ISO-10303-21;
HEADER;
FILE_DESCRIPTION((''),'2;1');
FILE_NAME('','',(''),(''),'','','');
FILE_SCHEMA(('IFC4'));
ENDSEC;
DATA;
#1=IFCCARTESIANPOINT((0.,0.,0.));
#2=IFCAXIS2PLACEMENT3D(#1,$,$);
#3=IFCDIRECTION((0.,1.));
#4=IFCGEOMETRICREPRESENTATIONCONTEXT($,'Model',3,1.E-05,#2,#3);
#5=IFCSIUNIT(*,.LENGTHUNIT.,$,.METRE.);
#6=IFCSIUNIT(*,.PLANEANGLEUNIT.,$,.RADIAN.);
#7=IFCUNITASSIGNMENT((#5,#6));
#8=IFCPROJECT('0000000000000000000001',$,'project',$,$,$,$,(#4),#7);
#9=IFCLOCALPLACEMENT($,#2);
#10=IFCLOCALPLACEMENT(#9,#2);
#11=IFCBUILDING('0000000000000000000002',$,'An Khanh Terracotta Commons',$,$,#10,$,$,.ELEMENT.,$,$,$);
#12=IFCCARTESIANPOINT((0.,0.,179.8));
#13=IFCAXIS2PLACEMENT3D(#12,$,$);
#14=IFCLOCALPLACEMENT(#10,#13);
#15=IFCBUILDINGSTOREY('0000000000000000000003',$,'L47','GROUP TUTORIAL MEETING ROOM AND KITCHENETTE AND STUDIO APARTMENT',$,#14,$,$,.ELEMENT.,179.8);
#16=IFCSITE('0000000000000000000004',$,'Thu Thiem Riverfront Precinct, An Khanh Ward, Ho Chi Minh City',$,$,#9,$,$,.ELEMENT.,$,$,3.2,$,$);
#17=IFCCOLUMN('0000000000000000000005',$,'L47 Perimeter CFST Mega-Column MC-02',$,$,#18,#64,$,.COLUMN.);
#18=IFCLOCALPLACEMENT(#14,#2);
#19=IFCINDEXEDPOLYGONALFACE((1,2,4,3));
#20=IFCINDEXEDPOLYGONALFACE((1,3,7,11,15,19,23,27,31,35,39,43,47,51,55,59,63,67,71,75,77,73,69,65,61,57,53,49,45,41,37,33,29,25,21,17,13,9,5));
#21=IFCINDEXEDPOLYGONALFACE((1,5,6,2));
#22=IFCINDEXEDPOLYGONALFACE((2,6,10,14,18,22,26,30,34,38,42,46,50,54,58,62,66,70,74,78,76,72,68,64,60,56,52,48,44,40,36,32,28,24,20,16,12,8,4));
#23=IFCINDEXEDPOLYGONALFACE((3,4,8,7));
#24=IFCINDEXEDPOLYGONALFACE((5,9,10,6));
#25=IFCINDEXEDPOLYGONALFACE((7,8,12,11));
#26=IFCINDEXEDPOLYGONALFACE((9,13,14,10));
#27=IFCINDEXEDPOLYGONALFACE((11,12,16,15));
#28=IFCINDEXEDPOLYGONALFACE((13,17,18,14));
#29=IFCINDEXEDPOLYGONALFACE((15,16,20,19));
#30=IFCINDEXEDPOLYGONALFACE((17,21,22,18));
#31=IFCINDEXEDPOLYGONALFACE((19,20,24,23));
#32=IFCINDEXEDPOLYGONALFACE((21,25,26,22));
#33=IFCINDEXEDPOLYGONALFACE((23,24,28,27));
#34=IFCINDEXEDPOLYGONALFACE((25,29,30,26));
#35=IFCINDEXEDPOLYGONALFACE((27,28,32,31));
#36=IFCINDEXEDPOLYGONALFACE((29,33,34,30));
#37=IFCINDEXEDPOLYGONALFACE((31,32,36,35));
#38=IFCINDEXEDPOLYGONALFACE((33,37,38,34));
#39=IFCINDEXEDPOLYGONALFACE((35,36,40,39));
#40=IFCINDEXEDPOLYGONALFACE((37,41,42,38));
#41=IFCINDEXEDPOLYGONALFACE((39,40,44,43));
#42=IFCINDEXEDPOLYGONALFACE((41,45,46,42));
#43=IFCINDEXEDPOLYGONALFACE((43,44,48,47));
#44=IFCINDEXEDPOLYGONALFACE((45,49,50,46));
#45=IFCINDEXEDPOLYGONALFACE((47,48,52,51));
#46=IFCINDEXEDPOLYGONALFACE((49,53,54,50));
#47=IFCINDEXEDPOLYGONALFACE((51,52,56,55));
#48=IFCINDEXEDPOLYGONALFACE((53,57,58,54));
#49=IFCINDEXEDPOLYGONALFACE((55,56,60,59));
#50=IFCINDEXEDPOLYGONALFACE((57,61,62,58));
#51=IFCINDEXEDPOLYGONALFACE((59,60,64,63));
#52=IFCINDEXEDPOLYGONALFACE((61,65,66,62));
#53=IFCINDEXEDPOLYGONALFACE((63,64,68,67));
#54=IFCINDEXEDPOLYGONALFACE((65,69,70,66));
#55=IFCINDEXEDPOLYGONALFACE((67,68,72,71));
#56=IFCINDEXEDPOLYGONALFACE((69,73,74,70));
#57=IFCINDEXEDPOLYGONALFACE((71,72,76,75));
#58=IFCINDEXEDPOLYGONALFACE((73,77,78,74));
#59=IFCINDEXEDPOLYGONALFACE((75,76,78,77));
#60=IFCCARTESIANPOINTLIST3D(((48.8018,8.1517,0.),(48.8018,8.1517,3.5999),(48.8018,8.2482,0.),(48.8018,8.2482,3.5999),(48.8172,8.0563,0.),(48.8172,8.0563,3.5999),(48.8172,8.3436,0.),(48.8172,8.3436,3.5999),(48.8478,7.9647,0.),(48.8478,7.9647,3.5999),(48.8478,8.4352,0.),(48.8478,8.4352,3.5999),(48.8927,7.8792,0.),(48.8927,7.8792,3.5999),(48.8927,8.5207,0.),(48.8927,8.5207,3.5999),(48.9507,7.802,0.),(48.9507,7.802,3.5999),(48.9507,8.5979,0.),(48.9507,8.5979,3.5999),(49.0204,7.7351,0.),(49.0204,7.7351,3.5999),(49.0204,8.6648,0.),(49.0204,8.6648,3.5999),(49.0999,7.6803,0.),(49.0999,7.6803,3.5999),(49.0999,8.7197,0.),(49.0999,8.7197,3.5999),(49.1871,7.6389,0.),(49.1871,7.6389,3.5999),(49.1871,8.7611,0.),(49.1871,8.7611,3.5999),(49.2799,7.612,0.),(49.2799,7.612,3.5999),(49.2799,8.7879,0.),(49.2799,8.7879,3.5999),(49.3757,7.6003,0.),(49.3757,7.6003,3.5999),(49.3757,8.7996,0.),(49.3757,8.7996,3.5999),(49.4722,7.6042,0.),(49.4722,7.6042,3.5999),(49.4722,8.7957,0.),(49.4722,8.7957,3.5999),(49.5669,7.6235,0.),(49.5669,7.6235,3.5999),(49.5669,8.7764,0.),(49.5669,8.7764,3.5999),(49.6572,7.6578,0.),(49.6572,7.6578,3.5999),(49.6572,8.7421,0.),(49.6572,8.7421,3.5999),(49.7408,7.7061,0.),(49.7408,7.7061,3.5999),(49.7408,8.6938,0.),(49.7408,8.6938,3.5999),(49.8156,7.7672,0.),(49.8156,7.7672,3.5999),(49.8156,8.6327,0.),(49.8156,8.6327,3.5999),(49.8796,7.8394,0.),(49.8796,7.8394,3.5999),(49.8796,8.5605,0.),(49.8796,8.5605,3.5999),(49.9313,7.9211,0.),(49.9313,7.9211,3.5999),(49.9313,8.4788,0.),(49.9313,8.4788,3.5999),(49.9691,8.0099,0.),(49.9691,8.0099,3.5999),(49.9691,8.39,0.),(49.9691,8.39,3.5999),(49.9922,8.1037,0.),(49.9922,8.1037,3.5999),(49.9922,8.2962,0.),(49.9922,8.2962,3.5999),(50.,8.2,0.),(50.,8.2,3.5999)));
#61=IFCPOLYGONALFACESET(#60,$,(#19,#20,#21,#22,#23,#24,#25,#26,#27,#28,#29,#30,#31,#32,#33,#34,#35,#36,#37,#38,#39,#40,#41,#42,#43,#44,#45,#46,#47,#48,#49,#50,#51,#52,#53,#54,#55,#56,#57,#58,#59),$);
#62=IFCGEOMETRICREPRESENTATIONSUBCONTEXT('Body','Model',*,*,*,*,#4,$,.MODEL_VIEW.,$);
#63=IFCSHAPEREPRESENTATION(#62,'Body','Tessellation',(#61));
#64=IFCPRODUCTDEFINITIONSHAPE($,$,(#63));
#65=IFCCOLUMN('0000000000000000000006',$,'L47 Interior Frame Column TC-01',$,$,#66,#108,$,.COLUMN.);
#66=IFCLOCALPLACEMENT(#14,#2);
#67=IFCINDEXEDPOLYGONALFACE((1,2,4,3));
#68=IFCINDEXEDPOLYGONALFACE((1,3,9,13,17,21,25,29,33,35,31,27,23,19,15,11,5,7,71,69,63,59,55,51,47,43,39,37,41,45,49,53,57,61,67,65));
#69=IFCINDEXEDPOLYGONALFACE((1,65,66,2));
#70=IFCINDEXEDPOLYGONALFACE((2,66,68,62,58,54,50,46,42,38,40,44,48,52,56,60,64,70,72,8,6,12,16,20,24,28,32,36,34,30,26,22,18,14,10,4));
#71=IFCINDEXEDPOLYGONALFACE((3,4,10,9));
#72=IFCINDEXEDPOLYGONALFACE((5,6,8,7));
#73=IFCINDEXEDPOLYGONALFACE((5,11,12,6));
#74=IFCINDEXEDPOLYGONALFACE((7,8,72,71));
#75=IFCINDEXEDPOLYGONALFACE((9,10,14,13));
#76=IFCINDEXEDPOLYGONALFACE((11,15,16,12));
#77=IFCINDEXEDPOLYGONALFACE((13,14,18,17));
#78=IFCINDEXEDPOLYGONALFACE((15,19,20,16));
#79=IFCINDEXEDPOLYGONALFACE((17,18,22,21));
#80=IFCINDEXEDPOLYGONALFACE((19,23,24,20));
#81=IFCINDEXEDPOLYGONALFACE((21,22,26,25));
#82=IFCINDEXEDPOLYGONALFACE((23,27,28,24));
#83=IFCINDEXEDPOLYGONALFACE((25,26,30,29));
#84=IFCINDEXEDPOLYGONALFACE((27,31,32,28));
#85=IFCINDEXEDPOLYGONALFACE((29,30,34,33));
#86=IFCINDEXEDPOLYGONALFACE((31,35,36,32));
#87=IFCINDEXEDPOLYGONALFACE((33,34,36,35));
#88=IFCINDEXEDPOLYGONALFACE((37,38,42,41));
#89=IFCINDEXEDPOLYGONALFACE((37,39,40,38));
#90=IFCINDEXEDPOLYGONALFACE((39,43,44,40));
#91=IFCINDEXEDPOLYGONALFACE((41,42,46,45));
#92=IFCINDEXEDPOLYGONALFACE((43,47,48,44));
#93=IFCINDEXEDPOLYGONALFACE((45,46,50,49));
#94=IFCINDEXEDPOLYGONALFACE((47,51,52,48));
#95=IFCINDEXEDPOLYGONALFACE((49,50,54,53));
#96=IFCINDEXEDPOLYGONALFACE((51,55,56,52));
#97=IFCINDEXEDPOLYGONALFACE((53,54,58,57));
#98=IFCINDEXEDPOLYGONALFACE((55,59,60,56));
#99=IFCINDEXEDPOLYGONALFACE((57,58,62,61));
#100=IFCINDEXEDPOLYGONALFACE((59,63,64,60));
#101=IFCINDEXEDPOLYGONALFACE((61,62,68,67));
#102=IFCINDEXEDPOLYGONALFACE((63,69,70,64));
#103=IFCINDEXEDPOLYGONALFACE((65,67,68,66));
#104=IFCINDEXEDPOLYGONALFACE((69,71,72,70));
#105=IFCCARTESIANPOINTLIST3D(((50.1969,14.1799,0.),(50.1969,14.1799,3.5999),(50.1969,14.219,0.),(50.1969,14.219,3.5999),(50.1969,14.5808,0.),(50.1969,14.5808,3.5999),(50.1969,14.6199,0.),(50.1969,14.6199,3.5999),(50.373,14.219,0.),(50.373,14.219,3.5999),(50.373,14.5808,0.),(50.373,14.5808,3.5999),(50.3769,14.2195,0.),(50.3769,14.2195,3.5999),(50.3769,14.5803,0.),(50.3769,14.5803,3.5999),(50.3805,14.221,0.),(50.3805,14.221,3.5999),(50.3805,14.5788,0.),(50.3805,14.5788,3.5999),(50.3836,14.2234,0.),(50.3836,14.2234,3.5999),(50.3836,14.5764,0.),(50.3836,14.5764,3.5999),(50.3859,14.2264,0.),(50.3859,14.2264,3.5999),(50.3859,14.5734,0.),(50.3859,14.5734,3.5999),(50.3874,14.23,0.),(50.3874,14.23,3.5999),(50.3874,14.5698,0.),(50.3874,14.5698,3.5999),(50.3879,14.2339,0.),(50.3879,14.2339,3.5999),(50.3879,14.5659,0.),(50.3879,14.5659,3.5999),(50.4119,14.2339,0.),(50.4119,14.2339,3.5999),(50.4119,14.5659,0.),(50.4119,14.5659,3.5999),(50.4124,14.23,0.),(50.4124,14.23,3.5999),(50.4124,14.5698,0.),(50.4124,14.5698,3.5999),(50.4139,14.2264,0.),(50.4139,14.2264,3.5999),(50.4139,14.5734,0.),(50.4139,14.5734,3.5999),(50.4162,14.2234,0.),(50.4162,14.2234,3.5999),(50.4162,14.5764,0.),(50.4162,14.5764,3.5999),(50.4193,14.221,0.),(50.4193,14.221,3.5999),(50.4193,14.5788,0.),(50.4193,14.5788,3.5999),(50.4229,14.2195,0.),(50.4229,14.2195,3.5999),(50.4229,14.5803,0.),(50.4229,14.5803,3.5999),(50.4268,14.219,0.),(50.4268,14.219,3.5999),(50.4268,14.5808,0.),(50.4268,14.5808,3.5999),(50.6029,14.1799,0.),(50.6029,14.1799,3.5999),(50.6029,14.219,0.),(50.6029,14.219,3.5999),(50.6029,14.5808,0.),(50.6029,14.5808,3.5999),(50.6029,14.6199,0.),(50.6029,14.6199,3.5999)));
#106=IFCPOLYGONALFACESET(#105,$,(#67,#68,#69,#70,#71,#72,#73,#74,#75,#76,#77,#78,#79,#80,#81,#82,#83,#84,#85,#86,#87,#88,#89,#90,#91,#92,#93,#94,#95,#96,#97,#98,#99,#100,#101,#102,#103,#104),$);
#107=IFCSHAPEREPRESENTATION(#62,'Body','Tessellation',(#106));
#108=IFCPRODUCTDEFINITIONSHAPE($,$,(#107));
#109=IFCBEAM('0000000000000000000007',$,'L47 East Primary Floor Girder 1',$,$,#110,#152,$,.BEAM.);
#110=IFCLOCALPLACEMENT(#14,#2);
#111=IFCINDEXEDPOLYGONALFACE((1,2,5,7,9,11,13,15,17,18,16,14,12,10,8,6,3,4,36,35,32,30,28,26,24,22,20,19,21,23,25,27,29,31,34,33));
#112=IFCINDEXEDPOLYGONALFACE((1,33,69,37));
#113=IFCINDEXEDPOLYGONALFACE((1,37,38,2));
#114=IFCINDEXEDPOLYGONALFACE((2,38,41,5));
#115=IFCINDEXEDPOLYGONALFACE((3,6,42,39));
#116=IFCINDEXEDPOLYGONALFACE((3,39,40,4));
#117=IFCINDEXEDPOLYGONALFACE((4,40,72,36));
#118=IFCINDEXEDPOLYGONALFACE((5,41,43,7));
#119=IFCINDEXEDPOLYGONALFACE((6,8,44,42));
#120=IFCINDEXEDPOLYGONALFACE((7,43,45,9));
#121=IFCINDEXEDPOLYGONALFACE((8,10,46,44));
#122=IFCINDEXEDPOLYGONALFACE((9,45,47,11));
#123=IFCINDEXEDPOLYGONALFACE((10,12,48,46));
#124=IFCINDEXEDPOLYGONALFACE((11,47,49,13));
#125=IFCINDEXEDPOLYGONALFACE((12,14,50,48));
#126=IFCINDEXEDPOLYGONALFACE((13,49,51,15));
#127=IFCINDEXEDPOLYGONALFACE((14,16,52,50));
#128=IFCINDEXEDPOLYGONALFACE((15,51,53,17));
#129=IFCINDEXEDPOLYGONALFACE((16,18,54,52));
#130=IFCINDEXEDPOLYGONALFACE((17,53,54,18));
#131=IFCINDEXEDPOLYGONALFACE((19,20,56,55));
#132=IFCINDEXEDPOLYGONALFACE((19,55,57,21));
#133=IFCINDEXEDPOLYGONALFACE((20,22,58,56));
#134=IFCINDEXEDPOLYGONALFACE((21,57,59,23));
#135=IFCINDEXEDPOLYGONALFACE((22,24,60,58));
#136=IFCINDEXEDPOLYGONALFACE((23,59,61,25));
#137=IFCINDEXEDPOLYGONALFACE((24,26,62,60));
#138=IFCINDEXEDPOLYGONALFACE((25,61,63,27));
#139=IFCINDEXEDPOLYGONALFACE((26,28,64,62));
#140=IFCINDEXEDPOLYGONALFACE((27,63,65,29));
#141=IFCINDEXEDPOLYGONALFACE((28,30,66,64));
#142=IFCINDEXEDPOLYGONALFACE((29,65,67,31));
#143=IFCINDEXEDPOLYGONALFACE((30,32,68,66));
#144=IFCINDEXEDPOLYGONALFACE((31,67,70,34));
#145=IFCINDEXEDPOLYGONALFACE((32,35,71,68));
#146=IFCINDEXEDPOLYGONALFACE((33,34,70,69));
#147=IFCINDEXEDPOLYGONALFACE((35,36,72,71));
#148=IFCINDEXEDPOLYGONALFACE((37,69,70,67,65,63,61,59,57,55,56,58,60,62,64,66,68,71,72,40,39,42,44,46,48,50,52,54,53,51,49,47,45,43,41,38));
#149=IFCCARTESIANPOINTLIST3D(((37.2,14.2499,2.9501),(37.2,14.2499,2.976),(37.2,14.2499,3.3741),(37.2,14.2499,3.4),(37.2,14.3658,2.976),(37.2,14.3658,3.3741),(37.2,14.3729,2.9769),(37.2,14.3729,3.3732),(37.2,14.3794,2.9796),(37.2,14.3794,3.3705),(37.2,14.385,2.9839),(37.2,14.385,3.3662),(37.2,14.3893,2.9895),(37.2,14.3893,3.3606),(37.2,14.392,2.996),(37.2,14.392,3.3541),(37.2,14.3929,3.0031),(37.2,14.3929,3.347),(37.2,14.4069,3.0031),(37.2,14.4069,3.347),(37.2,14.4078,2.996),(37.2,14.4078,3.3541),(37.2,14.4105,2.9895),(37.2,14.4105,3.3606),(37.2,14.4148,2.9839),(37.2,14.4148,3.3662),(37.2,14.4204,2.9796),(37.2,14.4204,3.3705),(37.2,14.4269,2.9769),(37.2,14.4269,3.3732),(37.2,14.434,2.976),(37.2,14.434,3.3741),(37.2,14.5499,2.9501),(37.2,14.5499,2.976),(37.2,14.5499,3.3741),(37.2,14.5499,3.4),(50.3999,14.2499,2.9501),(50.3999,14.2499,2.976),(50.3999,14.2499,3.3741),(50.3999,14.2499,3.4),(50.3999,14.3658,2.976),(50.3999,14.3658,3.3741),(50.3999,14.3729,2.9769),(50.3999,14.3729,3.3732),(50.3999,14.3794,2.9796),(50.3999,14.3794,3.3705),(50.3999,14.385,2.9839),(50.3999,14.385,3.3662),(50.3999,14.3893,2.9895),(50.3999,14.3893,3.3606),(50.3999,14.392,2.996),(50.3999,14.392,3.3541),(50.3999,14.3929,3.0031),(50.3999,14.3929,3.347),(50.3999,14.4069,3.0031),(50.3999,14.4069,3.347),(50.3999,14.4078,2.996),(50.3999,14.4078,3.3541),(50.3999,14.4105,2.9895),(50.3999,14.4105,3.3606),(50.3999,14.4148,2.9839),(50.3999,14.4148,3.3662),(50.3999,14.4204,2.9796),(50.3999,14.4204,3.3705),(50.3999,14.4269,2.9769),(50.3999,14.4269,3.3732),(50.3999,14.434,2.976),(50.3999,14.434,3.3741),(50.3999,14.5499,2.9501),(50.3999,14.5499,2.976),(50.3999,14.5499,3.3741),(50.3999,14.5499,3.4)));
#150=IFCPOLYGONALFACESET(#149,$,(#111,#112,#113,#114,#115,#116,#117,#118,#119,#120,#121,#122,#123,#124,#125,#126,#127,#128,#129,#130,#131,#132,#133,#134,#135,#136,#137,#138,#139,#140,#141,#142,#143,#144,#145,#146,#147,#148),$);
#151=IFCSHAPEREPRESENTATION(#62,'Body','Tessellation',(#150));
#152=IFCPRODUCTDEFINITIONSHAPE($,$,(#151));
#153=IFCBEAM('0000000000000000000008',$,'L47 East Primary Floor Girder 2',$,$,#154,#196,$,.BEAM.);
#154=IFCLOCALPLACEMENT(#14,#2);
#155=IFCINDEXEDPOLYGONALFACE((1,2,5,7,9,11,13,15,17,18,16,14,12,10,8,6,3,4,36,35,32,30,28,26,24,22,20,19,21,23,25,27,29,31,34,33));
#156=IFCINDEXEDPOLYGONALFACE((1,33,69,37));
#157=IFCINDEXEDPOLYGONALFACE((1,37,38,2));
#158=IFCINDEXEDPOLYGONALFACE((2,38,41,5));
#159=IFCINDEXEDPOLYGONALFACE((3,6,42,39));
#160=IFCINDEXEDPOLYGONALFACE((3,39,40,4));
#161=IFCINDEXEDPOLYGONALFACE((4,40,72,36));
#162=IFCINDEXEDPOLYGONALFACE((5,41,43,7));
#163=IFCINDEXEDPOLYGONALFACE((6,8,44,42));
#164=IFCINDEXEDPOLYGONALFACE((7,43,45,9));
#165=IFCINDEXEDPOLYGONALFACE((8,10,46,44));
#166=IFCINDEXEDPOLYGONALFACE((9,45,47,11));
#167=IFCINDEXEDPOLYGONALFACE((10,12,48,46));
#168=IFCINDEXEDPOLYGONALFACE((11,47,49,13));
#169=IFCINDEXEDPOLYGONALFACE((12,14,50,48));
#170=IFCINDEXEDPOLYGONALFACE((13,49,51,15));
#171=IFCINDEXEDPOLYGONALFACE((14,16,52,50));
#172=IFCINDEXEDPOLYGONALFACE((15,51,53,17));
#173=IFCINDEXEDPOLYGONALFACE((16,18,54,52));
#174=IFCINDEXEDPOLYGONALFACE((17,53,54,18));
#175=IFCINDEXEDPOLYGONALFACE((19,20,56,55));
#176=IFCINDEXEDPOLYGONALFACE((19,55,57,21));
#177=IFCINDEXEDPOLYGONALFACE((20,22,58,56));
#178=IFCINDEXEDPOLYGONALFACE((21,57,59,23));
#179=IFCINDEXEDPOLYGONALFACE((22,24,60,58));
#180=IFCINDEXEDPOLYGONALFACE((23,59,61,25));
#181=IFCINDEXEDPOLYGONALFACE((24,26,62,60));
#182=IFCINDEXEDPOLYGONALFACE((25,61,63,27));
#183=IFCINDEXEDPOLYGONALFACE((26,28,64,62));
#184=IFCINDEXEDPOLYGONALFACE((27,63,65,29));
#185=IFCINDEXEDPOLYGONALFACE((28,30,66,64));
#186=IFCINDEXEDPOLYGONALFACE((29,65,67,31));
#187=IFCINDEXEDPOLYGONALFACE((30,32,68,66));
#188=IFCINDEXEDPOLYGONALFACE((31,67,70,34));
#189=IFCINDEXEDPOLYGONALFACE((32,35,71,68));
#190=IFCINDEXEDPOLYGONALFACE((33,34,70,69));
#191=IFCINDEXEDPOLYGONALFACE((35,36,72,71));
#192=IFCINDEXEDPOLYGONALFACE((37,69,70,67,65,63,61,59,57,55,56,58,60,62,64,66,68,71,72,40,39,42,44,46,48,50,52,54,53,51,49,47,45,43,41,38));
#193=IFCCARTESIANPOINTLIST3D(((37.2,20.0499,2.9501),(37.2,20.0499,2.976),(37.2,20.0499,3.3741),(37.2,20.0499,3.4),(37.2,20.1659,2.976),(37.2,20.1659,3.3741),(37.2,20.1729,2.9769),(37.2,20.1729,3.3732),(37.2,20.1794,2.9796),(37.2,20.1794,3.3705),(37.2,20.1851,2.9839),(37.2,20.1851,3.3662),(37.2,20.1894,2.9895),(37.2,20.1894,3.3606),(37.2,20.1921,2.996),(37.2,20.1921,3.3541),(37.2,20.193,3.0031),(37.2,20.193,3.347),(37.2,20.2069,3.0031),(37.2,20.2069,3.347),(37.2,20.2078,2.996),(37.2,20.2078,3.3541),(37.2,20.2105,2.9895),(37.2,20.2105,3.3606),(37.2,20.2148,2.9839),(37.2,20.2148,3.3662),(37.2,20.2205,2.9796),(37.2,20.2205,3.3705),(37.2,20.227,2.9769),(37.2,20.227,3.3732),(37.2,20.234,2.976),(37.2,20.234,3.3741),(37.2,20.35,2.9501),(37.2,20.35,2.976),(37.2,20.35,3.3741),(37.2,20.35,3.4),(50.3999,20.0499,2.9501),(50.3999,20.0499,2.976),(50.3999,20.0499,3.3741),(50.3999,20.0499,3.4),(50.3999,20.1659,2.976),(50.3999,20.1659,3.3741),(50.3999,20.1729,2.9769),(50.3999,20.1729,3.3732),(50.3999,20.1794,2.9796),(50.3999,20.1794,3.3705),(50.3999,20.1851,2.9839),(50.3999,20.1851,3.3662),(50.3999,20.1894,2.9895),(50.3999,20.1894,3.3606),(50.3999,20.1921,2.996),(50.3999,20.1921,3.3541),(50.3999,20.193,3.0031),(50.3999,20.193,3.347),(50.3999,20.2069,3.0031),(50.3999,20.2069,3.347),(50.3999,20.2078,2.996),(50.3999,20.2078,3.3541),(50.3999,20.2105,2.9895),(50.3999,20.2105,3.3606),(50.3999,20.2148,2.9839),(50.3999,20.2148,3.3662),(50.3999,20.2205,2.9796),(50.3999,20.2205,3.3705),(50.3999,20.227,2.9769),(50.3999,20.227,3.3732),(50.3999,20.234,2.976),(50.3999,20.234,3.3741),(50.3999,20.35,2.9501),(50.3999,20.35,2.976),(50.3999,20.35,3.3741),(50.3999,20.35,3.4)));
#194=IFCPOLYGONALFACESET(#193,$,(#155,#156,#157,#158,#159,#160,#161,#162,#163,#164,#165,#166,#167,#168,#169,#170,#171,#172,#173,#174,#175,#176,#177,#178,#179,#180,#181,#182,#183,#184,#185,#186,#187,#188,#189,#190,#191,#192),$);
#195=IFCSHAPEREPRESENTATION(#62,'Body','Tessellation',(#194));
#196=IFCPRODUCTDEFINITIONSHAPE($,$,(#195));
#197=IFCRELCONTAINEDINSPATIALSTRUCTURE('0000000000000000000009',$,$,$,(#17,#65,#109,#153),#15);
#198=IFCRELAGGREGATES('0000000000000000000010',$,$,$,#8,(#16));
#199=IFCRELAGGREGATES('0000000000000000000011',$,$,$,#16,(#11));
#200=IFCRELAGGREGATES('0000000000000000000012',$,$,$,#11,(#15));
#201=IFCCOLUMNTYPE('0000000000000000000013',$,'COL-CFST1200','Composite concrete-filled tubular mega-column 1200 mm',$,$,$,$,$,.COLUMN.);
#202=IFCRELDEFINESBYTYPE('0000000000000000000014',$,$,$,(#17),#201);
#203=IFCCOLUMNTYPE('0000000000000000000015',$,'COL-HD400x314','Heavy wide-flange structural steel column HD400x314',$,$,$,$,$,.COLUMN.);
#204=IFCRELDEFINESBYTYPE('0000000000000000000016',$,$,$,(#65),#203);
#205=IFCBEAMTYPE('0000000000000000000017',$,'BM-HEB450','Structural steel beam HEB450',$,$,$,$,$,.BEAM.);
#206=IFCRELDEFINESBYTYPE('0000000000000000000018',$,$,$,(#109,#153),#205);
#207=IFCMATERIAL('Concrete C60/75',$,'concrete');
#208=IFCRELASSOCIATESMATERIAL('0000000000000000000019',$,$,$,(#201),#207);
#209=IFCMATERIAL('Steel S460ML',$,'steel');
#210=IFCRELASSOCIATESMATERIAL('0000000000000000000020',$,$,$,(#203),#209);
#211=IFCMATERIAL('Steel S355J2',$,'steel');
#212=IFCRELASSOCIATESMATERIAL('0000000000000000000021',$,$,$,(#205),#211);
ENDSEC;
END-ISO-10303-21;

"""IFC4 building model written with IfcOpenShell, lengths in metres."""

from ifc_helpers import new_model, si_unit, direction, frame, origin, origin_2d, place, context, subcontext, project, spatial, circle, i_section, extrude, material, material_profile, profile_set, type_object, element, save


model = new_model("IFC4")

# Units and contexts
model_context = context("Model", 3, precision=1e-05, world=origin(), true_north=direction((0.0, 1.0)))
body_context = subcontext(model_context, "Body", "Model", "MODEL_VIEW")
ifc_project = project(units=[si_unit("LENGTHUNIT", "METRE"), si_unit("PLANEANGLEUNIT", "RADIAN")], contexts=[model_context])

# Site, building, storey
site_placement = place(None, origin())
site = spatial("IfcSite", under=ifc_project, at=site_placement, Name="Thu Thiem Riverfront Precinct, An Khanh Ward, Ho Chi Minh City", CompositionType="ELEMENT", RefElevation=3.2)
building_placement = place(site_placement, origin())
building = spatial("IfcBuilding", under=site, at=building_placement, Name="An Khanh Terracotta Commons", CompositionType="ELEMENT")
storey_placement = place(building_placement, frame((0.0, 0.0, 179.8)))
storey = spatial("IfcBuildingStorey", under=building, at=storey_placement, Name="L47", Description="GROUP TUTORIAL MEETING ROOM AND KITCHENETTE AND STUDIO APARTMENT", CompositionType="ELEMENT", Elevation=179.8)

# Columns
ifc_material_1 = material(Name="Concrete C60/75", Category="concrete")
ifc_material_profile_1 = material_profile(ifc_material_1, circle(Radius=0.6001, at=origin_2d()), Name="CFST1200")
ifc_profile_set_1 = profile_set([ifc_material_profile_1], Name="Concrete C60/75")
column_type_1 = type_object("IfcColumnType", Name="COL-CFST1200", Description="Composite concrete-filled tubular mega-column 1200 mm", PredefinedType="COLUMN", material=ifc_profile_set_1)
column_1_placement = place(storey_placement, frame((49.3999, 8.2, 0.0), z_axis=(0.0, 0.0, 1.0), x_axis=(1.0, 0.0, 0.0)))
element("IfcColumn", 1, at=column_1_placement, inside=storey, type_object=column_type_1, Name="L47 Perimeter CFST Mega-Column MC-02", PredefinedType="COLUMN", context=body_context, shape_type="SweptSolid", body=[
    extrude(circle(Radius=0.6001, at=origin_2d()), origin(), (0.0, 0.0, 1.0), 3.5999),
])
ifc_material_2 = material(Name="Steel S460ML", Category="steel")
ifc_material_profile_2 = material_profile(ifc_material_2, i_section(OverallWidth=0.406, OverallDepth=0.4399, WebThickness=0.0239, FlangeThickness=0.0391, FilletRadius=0.0149, at=origin_2d()), Name="HD400x314")
ifc_profile_set_2 = profile_set([ifc_material_profile_2], Name="Steel S460ML")
column_type_2 = type_object("IfcColumnType", Name="COL-HD400x314", Description="Heavy wide-flange structural steel column HD400x314", PredefinedType="COLUMN", material=ifc_profile_set_2)
column_2_placement = place(storey_placement, frame((50.3999, 14.3999, 0.0), z_axis=(0.0, 0.0, 1.0), x_axis=(1.0, 0.0, 0.0)))
element("IfcColumn", 2, at=column_2_placement, inside=storey, type_object=column_type_2, Name="L47 Interior Frame Column TC-01", PredefinedType="COLUMN", context=body_context, shape_type="SweptSolid", body=[
    extrude(i_section(OverallWidth=0.406, OverallDepth=0.4399, WebThickness=0.0239, FlangeThickness=0.0391, FilletRadius=0.0149, at=origin_2d()), origin(), (0.0, 0.0, 1.0), 3.5999),
])

# Beams
ifc_material_3 = material(Name="Steel S355J2", Category="steel")
ifc_material_profile_3 = material_profile(ifc_material_3, i_section(OverallWidth=0.3, OverallDepth=0.45, WebThickness=0.0139, FlangeThickness=0.0259, FilletRadius=0.0271, at=origin_2d()), Name="HEB450")
ifc_profile_set_3 = profile_set([ifc_material_profile_3], Name="Steel S355J2")
beam_type_1 = type_object("IfcBeamType", Name="BM-HEB450", Description="Structural steel beam HEB450", PredefinedType="BEAM", material=ifc_profile_set_3)
for number, where, z_axis, x_axis, name in (
    (3, (37.2, 14.3999, 3.175), (1.0, 0.0, 0.0), (0.0, 1.0, 0.0), "L47 East Primary Floor Girder 1"),
    (4, (37.2, 20.2, 3.175), (1.0, 0.0, 0.0), (0.0, 1.0, 0.0), "L47 East Primary Floor Girder 2"),
):
    element("IfcBeam", number, at=place(storey_placement, frame(where, z_axis=z_axis, x_axis=x_axis)), inside=storey, type_object=beam_type_1, Name=name, PredefinedType="BEAM", context=body_context, shape_type="SweptSolid", body=[
        extrude(i_section(OverallWidth=0.3, OverallDepth=0.45, WebThickness=0.0139, FlangeThickness=0.0259, FilletRadius=0.0271, at=origin_2d()), origin(), (0.0, 0.0, 1.0), 13.2),
    ])

save(model, "model.ifc")
